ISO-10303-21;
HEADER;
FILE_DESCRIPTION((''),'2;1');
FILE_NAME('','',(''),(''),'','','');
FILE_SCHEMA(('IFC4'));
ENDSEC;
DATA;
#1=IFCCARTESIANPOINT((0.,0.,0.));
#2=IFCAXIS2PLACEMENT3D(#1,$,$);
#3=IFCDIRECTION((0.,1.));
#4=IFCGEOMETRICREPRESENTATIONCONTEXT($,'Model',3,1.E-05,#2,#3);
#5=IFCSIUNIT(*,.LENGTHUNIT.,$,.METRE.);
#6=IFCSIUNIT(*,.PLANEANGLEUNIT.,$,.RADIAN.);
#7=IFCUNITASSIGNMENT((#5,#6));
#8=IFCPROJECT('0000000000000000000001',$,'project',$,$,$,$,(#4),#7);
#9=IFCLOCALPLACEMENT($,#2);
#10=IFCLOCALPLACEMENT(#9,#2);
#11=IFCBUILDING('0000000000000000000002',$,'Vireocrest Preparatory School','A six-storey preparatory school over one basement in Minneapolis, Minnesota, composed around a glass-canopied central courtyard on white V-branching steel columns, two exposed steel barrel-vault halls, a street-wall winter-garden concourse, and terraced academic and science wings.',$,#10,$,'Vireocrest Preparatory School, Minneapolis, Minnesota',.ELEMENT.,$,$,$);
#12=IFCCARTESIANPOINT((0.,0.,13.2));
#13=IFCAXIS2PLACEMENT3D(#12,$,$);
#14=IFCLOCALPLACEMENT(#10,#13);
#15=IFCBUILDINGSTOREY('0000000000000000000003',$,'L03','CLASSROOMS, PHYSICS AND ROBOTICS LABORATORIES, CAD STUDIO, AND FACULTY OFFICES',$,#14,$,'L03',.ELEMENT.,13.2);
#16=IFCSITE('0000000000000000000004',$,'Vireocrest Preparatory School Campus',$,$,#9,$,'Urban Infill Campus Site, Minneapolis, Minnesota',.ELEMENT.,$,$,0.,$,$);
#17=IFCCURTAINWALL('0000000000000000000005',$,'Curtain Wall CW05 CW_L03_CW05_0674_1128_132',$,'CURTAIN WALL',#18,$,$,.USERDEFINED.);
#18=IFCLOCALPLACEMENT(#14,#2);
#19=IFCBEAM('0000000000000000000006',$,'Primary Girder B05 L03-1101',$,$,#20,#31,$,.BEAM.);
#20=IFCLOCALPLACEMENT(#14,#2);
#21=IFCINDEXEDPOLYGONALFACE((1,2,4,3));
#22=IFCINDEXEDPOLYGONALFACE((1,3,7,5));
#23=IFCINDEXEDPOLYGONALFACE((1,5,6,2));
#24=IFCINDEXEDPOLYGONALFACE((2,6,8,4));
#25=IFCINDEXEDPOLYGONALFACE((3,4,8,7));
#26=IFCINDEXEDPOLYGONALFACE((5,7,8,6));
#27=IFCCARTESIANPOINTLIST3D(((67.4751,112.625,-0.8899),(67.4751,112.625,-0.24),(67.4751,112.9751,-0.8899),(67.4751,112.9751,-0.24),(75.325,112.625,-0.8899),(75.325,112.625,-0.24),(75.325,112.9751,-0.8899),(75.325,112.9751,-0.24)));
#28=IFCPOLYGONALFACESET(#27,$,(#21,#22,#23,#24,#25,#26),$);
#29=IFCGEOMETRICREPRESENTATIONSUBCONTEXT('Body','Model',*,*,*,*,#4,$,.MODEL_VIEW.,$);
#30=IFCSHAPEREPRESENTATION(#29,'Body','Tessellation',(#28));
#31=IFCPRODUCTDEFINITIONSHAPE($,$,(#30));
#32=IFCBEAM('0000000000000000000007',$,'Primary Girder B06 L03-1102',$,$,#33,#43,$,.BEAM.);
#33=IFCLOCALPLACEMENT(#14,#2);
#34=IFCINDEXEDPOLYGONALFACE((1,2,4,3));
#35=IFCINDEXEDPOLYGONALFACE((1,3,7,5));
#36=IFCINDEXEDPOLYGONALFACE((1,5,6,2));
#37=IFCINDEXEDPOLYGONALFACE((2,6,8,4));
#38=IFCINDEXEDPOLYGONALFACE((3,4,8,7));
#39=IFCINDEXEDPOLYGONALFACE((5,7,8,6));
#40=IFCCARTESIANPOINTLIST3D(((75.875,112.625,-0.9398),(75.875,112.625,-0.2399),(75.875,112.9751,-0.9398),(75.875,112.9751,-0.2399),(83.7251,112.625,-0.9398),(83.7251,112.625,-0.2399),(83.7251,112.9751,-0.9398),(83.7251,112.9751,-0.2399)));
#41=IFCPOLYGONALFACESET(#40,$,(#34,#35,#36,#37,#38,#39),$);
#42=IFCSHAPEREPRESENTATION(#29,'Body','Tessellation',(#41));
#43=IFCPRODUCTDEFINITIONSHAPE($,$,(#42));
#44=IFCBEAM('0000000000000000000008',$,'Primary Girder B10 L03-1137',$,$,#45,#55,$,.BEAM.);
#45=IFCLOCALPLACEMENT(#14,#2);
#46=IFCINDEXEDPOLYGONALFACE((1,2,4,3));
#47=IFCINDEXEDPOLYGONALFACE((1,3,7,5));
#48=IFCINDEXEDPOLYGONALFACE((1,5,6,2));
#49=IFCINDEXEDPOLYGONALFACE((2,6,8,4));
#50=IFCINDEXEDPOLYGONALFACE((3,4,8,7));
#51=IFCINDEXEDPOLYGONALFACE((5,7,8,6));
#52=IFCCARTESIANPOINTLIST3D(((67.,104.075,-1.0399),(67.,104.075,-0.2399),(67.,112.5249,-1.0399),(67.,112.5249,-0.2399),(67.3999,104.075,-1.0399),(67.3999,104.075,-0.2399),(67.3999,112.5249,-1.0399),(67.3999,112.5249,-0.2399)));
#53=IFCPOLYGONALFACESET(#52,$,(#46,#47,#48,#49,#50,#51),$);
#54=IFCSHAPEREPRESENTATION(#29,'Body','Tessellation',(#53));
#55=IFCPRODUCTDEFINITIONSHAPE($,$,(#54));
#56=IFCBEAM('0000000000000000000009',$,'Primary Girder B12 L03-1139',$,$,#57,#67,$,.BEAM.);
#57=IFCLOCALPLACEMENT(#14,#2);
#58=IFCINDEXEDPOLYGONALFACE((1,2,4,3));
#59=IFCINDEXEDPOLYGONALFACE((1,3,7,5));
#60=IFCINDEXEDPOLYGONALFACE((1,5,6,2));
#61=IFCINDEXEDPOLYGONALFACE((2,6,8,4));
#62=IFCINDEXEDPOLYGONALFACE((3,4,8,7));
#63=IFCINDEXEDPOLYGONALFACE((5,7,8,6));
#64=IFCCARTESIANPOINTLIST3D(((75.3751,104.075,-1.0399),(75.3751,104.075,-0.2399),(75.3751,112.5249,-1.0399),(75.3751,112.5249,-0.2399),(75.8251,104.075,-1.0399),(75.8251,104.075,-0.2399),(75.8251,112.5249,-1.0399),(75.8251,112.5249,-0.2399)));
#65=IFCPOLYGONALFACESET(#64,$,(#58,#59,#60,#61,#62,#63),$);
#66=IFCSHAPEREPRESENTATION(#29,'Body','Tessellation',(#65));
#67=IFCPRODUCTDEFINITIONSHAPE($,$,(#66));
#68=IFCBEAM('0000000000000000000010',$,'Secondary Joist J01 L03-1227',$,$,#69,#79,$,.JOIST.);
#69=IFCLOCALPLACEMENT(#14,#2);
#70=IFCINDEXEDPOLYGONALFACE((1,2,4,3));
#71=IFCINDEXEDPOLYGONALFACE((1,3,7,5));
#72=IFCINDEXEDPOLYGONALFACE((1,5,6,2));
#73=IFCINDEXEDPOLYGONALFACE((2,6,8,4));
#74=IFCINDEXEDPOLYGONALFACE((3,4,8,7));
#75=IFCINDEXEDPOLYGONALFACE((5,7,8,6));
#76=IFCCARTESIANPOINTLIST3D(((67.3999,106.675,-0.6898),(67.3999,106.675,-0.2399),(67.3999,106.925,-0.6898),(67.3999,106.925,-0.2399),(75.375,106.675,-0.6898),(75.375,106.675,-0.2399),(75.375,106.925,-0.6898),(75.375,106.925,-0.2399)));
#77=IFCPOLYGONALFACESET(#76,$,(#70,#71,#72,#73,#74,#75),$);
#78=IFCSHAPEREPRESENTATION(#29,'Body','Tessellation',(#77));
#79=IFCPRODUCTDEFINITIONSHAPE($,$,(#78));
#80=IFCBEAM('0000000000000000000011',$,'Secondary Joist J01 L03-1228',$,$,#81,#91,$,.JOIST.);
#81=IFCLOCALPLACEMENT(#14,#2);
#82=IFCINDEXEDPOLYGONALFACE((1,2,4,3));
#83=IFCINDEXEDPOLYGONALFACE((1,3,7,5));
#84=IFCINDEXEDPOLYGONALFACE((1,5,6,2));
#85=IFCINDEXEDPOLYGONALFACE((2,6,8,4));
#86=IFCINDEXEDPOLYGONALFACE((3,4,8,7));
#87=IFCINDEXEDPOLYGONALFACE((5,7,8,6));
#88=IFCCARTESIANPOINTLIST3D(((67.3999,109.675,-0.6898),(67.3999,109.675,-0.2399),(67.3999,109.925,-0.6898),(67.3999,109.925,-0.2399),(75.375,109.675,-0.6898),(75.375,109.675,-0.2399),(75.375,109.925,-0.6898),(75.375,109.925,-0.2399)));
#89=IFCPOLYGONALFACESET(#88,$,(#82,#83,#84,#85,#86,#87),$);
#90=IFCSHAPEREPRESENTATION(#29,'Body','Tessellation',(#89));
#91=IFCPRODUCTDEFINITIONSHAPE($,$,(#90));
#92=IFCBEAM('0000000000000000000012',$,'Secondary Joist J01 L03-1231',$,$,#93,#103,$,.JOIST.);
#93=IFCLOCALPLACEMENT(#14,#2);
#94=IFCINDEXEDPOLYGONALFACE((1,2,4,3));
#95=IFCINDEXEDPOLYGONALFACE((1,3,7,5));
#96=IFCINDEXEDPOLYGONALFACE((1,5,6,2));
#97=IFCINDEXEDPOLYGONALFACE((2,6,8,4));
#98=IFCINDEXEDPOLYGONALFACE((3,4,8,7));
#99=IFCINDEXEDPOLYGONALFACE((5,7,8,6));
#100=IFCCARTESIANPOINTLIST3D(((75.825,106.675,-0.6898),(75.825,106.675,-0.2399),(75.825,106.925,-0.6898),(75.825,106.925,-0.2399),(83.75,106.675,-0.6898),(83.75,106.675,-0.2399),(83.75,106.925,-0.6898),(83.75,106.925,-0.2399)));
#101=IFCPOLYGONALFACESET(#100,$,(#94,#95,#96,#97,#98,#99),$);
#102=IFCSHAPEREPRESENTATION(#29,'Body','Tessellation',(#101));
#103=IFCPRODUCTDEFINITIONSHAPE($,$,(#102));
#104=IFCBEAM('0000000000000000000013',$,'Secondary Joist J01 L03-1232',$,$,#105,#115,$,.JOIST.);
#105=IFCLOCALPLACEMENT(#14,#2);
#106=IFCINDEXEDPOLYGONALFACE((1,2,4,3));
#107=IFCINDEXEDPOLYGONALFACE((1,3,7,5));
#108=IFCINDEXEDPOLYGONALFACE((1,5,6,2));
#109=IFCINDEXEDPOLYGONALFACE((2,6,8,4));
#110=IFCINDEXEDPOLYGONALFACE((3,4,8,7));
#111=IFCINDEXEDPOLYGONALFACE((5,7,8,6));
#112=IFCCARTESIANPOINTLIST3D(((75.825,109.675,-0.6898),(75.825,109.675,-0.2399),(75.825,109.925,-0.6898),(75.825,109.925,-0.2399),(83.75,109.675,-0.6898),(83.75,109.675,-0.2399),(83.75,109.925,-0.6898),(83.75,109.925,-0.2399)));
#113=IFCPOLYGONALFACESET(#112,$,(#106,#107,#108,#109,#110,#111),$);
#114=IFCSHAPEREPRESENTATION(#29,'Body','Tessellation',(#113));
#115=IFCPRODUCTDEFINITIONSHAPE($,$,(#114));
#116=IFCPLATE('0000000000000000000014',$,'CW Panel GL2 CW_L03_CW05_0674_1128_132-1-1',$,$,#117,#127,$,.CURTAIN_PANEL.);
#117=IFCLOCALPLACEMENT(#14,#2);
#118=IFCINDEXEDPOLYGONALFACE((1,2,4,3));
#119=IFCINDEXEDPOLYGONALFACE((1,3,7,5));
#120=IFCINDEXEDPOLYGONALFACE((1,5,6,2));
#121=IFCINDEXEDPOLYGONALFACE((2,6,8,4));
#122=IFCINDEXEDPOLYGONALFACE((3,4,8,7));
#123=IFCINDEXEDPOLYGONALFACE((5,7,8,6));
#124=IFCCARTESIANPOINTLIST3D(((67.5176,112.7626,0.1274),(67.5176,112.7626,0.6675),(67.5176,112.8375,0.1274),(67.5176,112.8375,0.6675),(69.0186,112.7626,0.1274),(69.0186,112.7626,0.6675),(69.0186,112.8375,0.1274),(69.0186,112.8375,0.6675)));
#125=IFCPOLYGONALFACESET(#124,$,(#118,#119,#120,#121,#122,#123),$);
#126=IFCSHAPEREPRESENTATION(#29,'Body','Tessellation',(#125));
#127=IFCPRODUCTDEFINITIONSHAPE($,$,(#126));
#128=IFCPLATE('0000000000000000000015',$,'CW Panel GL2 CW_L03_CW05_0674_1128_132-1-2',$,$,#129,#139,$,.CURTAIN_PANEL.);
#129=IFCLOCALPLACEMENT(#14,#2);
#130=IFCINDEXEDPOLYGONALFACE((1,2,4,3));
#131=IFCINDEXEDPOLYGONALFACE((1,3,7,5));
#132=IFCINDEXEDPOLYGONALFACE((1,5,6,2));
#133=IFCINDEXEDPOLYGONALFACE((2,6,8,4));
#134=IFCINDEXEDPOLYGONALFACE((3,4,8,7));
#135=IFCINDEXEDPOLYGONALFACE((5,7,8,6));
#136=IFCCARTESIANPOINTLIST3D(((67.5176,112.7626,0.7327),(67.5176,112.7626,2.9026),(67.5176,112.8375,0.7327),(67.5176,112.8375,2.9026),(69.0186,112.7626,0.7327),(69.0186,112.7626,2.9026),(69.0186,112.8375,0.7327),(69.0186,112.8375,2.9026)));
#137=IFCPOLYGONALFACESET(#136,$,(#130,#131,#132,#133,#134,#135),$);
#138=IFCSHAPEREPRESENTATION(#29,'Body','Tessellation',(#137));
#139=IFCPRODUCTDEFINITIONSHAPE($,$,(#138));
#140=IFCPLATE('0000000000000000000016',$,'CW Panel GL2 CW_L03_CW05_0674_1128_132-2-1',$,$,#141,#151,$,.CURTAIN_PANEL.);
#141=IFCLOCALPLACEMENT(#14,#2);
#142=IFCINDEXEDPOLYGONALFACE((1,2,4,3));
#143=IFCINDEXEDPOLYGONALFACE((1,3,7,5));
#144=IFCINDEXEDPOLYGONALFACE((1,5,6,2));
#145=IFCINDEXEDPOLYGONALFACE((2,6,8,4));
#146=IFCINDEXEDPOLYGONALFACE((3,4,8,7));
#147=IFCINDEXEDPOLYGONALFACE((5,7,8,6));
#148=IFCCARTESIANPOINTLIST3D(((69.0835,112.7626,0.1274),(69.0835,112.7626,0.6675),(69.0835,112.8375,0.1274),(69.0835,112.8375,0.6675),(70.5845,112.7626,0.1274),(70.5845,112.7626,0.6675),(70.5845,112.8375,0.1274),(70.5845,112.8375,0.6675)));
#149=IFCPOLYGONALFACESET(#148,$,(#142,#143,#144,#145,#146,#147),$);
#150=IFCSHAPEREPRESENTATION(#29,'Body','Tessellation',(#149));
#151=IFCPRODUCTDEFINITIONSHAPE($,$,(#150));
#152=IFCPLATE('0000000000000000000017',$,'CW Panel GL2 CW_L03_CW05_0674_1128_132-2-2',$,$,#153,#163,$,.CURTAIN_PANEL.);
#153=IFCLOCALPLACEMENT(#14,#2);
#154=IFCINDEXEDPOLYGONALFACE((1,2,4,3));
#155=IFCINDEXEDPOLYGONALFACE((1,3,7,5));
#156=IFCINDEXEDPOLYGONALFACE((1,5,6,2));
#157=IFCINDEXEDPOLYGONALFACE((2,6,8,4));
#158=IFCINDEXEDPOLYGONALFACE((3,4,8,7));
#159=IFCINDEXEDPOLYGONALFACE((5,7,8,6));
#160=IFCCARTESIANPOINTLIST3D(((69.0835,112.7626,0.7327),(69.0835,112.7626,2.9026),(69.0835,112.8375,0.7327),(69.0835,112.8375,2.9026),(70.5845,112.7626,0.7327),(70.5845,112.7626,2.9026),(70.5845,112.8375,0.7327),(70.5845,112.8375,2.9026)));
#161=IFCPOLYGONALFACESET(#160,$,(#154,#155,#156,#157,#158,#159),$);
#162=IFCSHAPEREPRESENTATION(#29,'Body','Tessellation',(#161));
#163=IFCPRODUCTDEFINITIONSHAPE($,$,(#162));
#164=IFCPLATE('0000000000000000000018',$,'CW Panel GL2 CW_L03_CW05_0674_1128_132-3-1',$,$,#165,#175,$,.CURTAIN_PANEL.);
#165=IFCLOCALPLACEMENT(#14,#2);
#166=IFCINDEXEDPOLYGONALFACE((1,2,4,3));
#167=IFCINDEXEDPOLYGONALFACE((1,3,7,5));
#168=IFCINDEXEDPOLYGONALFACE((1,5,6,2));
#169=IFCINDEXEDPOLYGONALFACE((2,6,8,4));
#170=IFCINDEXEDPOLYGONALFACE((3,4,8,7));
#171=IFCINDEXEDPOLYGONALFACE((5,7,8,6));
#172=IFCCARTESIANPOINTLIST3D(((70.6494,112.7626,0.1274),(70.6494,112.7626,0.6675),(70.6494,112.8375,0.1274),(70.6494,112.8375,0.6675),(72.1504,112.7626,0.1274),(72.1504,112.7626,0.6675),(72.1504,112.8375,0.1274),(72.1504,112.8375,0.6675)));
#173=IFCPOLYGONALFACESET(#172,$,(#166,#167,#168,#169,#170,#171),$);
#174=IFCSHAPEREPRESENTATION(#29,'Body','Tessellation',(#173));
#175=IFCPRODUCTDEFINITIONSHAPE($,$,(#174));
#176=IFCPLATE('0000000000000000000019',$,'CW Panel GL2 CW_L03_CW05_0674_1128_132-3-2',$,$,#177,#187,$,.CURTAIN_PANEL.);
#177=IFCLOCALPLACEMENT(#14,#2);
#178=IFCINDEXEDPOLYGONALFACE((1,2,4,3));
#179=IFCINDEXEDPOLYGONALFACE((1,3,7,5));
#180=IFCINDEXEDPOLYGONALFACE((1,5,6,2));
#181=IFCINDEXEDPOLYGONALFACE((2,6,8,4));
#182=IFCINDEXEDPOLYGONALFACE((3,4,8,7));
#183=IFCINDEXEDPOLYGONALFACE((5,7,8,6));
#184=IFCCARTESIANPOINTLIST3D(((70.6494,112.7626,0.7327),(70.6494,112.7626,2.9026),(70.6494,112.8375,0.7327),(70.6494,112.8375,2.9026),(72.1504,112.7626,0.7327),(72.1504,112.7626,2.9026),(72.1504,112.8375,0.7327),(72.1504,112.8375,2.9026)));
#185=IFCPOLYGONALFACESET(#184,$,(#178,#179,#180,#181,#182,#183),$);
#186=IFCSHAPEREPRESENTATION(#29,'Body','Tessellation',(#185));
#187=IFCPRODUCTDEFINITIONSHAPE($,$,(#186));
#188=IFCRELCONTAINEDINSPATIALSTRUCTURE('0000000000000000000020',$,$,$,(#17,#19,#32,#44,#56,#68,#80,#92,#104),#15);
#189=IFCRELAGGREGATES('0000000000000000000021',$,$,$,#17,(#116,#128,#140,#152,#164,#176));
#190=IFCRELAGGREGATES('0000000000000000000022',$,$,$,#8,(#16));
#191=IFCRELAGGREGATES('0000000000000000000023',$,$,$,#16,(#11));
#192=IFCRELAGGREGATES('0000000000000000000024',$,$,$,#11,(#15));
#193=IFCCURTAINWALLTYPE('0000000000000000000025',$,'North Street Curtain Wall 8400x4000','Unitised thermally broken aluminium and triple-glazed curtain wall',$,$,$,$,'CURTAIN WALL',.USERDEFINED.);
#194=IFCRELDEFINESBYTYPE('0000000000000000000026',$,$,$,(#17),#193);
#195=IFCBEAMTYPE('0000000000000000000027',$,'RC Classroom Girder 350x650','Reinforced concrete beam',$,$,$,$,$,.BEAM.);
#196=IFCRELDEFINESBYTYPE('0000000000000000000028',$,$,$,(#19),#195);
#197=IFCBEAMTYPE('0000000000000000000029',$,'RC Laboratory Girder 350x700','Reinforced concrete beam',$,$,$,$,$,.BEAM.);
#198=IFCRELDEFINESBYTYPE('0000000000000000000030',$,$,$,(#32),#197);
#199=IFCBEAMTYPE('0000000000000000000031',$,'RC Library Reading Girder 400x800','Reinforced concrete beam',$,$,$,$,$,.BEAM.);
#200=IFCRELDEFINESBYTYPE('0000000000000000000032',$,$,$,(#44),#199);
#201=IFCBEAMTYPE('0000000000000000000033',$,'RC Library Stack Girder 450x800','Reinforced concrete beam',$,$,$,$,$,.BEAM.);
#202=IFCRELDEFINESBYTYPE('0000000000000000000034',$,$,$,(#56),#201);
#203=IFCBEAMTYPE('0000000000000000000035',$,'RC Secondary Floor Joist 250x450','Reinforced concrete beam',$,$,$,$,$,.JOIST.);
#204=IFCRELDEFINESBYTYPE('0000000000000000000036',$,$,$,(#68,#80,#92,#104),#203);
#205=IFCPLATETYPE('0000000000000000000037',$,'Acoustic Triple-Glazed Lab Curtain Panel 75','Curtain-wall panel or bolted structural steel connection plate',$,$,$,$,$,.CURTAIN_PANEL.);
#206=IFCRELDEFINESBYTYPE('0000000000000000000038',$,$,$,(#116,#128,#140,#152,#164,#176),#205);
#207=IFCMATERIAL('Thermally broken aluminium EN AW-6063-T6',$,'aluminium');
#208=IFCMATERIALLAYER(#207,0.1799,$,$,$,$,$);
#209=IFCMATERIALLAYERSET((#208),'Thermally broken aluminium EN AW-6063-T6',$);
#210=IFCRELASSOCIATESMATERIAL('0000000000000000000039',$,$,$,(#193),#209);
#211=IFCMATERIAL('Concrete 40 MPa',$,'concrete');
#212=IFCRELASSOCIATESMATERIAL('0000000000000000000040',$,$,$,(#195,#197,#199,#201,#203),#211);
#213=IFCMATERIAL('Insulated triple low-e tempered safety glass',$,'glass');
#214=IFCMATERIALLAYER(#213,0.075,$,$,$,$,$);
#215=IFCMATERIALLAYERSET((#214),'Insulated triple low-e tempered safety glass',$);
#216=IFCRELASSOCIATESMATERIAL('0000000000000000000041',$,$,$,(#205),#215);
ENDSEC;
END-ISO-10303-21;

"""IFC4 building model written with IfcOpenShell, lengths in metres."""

from ifc_helpers import new_model, si_unit, direction, frame, origin, origin_2d, place, context, subcontext, project, spatial, rectangle, extrude, material, layer, layer_set, material_profile, profile_set, type_object, element, aggregate, save


model = new_model("IFC4")

# Units and contexts
model_context = context("Model", 3, precision=1e-05, world=origin(), true_north=direction((0.0, 1.0)))
body_context = subcontext(model_context, "Body", "Model", "MODEL_VIEW")
ifc_project = project(units=[si_unit("LENGTHUNIT", "METRE"), si_unit("PLANEANGLEUNIT", "RADIAN")], contexts=[model_context])

# Site, building, storey
site_placement = place(None, origin())
site = spatial("IfcSite", under=ifc_project, at=site_placement, Name="Vireocrest Preparatory School Campus", LongName="Urban Infill Campus Site, Minneapolis, Minnesota", CompositionType="ELEMENT", RefElevation=0.0)
building_placement = place(site_placement, origin())
building = spatial("IfcBuilding", under=site, at=building_placement, Name="Vireocrest Preparatory School", Description="A six-storey preparatory school over one basement in Minneapolis, Minnesota, composed around a glass-canopied central courtyard on white V-branching steel columns, two exposed steel barrel-vault halls, a street-wall winter-garden concourse, and terraced academic and science wings.", LongName="Vireocrest Preparatory School, Minneapolis, Minnesota", CompositionType="ELEMENT")
storey_placement = place(building_placement, frame((0.0, 0.0, 13.2)))
storey = spatial("IfcBuildingStorey", under=building, at=storey_placement, Name="L03", Description="CLASSROOMS, PHYSICS AND ROBOTICS LABORATORIES, CAD STUDIO, AND FACULTY OFFICES", LongName="L03", CompositionType="ELEMENT", Elevation=13.2)

# Curtain wall
ifc_material_1 = material(Name="Thermally broken aluminium EN AW-6063-T6", Category="aluminium")
ifc_layer_1 = layer(ifc_material_1, 0.1799)
ifc_layer_set_1 = layer_set([ifc_layer_1], Name="Thermally broken aluminium EN AW-6063-T6")
curtain_wall_type = type_object("IfcCurtainWallType", Name="North Street Curtain Wall 8400x4000", Description="Unitised thermally broken aluminium and triple-glazed curtain wall", ElementType="CURTAIN WALL", PredefinedType="USERDEFINED", material=ifc_layer_set_1)
curtain_wall_placement = place(storey_placement, origin())
curtain_wall = element("IfcCurtainWall", 1, at=curtain_wall_placement, inside=storey, type_object=curtain_wall_type, Name="Curtain Wall CW05 CW_L03_CW05_0674_1128_132", ObjectType="CURTAIN WALL", PredefinedType="USERDEFINED")

# Beams
ifc_material_2 = material(Name="Concrete 40 MPa", Category="concrete")
ifc_material_profile_1 = material_profile(ifc_material_2, rectangle(XDim=0.3501, YDim=0.6499, at=origin_2d()), Name="RC 350x650")
ifc_profile_set_1 = profile_set([ifc_material_profile_1], Name="Concrete 40 MPa")
beam_type_1 = type_object("IfcBeamType", Name="RC Classroom Girder 350x650", Description="Reinforced concrete beam", PredefinedType="BEAM", material=ifc_profile_set_1)
beam_1_placement = place(storey_placement, frame((67.4751, 112.8, -0.5649), z_axis=(1.0, 0.0, 0.0), x_axis=(0.0, 1.0, 0.0)))
element("IfcBeam", 2, at=beam_1_placement, inside=storey, type_object=beam_type_1, Name="Primary Girder B05 L03-1101", PredefinedType="BEAM", context=body_context, shape_type="SweptSolid", body=[
    extrude(rectangle(XDim=0.3501, YDim=0.6499, at=origin_2d()), origin(), (0.0, 0.0, 1.0), 7.8499),
])
ifc_material_profile_2 = material_profile(ifc_material_2, rectangle(XDim=0.3501, YDim=0.7, at=origin_2d()), Name="RC 350x700")
ifc_profile_set_2 = profile_set([ifc_material_profile_2], Name="Concrete 40 MPa")
beam_type_2 = type_object("IfcBeamType", Name="RC Laboratory Girder 350x700", Description="Reinforced concrete beam", PredefinedType="BEAM", material=ifc_profile_set_2)
beam_2_placement = place(storey_placement, frame((75.875, 112.8, -0.5898), z_axis=(1.0, 0.0, 0.0), x_axis=(0.0, 1.0, 0.0)))
element("IfcBeam", 3, at=beam_2_placement, inside=storey, type_object=beam_type_2, Name="Primary Girder B06 L03-1102", PredefinedType="BEAM", context=body_context, shape_type="SweptSolid", body=[
    extrude(rectangle(XDim=0.3501, YDim=0.7, at=origin_2d()), origin(), (0.0, 0.0, 1.0), 7.8501),
])
ifc_material_profile_3 = material_profile(ifc_material_2, rectangle(XDim=0.3999, YDim=0.8, at=origin_2d()), Name="RC 400x800")
ifc_profile_set_3 = profile_set([ifc_material_profile_3], Name="Concrete 40 MPa")
beam_type_3 = type_object("IfcBeamType", Name="RC Library Reading Girder 400x800", Description="Reinforced concrete beam", PredefinedType="BEAM", material=ifc_profile_set_3)
beam_3_placement = place(storey_placement, frame((67.2, 104.075, -0.6399), z_axis=(0.0, 1.0, 0.0), x_axis=(-1.0, 0.0, 0.0)))
element("IfcBeam", 4, at=beam_3_placement, inside=storey, type_object=beam_type_3, Name="Primary Girder B10 L03-1137", PredefinedType="BEAM", context=body_context, shape_type="SweptSolid", body=[
    extrude(rectangle(XDim=0.3999, YDim=0.8, at=origin_2d()), origin(), (0.0, 0.0, 1.0), 8.45),
])
ifc_material_profile_4 = material_profile(ifc_material_2, rectangle(XDim=0.45, YDim=0.8, at=origin_2d()), Name="RC 450x800")
ifc_profile_set_4 = profile_set([ifc_material_profile_4], Name="Concrete 40 MPa")
beam_type_4 = type_object("IfcBeamType", Name="RC Library Stack Girder 450x800", Description="Reinforced concrete beam", PredefinedType="BEAM", material=ifc_profile_set_4)
beam_4_placement = place(storey_placement, frame((75.6001, 104.075, -0.6399), z_axis=(0.0, 1.0, 0.0), x_axis=(-1.0, 0.0, 0.0)))
element("IfcBeam", 5, at=beam_4_placement, inside=storey, type_object=beam_type_4, Name="Primary Girder B12 L03-1139", PredefinedType="BEAM", context=body_context, shape_type="SweptSolid", body=[
    extrude(rectangle(XDim=0.45, YDim=0.8, at=origin_2d()), origin(), (0.0, 0.0, 1.0), 8.45),
])
ifc_material_profile_5 = material_profile(ifc_material_2, rectangle(XDim=0.25, YDim=0.45, at=origin_2d()), Name="RC 250x450")
ifc_profile_set_5 = profile_set([ifc_material_profile_5], Name="Concrete 40 MPa")
beam_type_5 = type_object("IfcBeamType", Name="RC Secondary Floor Joist 250x450", Description="Reinforced concrete beam", PredefinedType="JOIST", material=ifc_profile_set_5)
for number, where, z_axis, x_axis, name in (
    (6, (67.3999, 106.8, -0.4648), (1.0, 0.0, 0.0), (0.0, 1.0, 0.0), "Secondary Joist J01 L03-1227"),
    (7, (67.3999, 109.8, -0.4648), (1.0, 0.0, 0.0), (0.0, 1.0, 0.0), "Secondary Joist J01 L03-1228"),
):
    element("IfcBeam", number, at=place(storey_placement, frame(where, z_axis=z_axis, x_axis=x_axis)), inside=storey, type_object=beam_type_5, Name=name, PredefinedType="JOIST", context=body_context, shape_type="SweptSolid", body=[
        extrude(rectangle(XDim=0.25, YDim=0.45, at=origin_2d()), origin(), (0.0, 0.0, 1.0), 7.9751),
    ])
for number, where, z_axis, x_axis, name in (
    (8, (75.825, 106.8, -0.4648), (1.0, 0.0, 0.0), (0.0, 1.0, 0.0), "Secondary Joist J01 L03-1231"),
    (9, (75.825, 109.8, -0.4648), (1.0, 0.0, 0.0), (0.0, 1.0, 0.0), "Secondary Joist J01 L03-1232"),
):
    element("IfcBeam", number, at=place(storey_placement, frame(where, z_axis=z_axis, x_axis=x_axis)), inside=storey, type_object=beam_type_5, Name=name, PredefinedType="JOIST", context=body_context, shape_type="SweptSolid", body=[
        extrude(rectangle(XDim=0.25, YDim=0.45, at=origin_2d()), origin(), (0.0, 0.0, 1.0), 7.925),
    ])

# Plates
ifc_material_3 = material(Name="Insulated triple low-e tempered safety glass", Category="glass")
ifc_layer_2 = layer(ifc_material_3, 0.075)
ifc_layer_set_2 = layer_set([ifc_layer_2], Name="Insulated triple low-e tempered safety glass")
plate_type = type_object("IfcPlateType", Name="Acoustic Triple-Glazed Lab Curtain Panel 75", Description="Curtain-wall panel or bolted structural steel connection plate", PredefinedType="CURTAIN_PANEL", material=ifc_layer_set_2)
plate_1_placement = place(storey_placement, frame((68.2681, 112.8, 0.1274), z_axis=(0.0, 0.0, 1.0), x_axis=(1.0, 0.0, 0.0)))
plate_1 = element("IfcPlate", 10, at=plate_1_placement, type_object=plate_type, Name="CW Panel GL2 CW_L03_CW05_0674_1128_132-1-1", PredefinedType="CURTAIN_PANEL", context=body_context, shape_type="SweptSolid", body=[
    extrude(rectangle(XDim=1.501, YDim=0.075, at=origin_2d()), origin(), (0.0, 0.0, 1.0), 0.54),
])
plate_2_placement = place(storey_placement, frame((68.2681, 112.8, 0.7327), z_axis=(0.0, 0.0, 1.0), x_axis=(1.0, 0.0, 0.0)))
plate_2 = element("IfcPlate", 11, at=plate_2_placement, type_object=plate_type, Name="CW Panel GL2 CW_L03_CW05_0674_1128_132-1-2", PredefinedType="CURTAIN_PANEL", context=body_context, shape_type="SweptSolid", body=[
    extrude(rectangle(XDim=1.501, YDim=0.075, at=origin_2d()), origin(), (0.0, 0.0, 1.0), 2.1699),
])
plate_3_placement = place(storey_placement, frame((69.834, 112.8, 0.1274), z_axis=(0.0, 0.0, 1.0), x_axis=(1.0, 0.0, 0.0)))
plate_3 = element("IfcPlate", 12, at=plate_3_placement, type_object=plate_type, Name="CW Panel GL2 CW_L03_CW05_0674_1128_132-2-1", PredefinedType="CURTAIN_PANEL", context=body_context, shape_type="SweptSolid", body=[
    extrude(rectangle(XDim=1.501, YDim=0.075, at=origin_2d()), origin(), (0.0, 0.0, 1.0), 0.54),
])
plate_4_placement = place(storey_placement, frame((69.834, 112.8, 0.7327), z_axis=(0.0, 0.0, 1.0), x_axis=(1.0, 0.0, 0.0)))
plate_4 = element("IfcPlate", 13, at=plate_4_placement, type_object=plate_type, Name="CW Panel GL2 CW_L03_CW05_0674_1128_132-2-2", PredefinedType="CURTAIN_PANEL", context=body_context, shape_type="SweptSolid", body=[
    extrude(rectangle(XDim=1.501, YDim=0.075, at=origin_2d()), origin(), (0.0, 0.0, 1.0), 2.1699),
])
plate_5_placement = place(storey_placement, frame((71.3999, 112.8, 0.1274), z_axis=(0.0, 0.0, 1.0), x_axis=(1.0, 0.0, 0.0)))
plate_5 = element("IfcPlate", 14, at=plate_5_placement, type_object=plate_type, Name="CW Panel GL2 CW_L03_CW05_0674_1128_132-3-1", PredefinedType="CURTAIN_PANEL", context=body_context, shape_type="SweptSolid", body=[
    extrude(rectangle(XDim=1.501, YDim=0.075, at=origin_2d()), origin(), (0.0, 0.0, 1.0), 0.54),
])
plate_6_placement = place(storey_placement, frame((71.3999, 112.8, 0.7327), z_axis=(0.0, 0.0, 1.0), x_axis=(1.0, 0.0, 0.0)))
plate_6 = element("IfcPlate", 15, at=plate_6_placement, type_object=plate_type, Name="CW Panel GL2 CW_L03_CW05_0674_1128_132-3-2", PredefinedType="CURTAIN_PANEL", context=body_context, shape_type="SweptSolid", body=[
    extrude(rectangle(XDim=1.501, YDim=0.075, at=origin_2d()), origin(), (0.0, 0.0, 1.0), 2.1699),
])
aggregate(curtain_wall, [plate_1, plate_2, plate_3, plate_4, plate_5, plate_6])

save(model, "model.ifc")
